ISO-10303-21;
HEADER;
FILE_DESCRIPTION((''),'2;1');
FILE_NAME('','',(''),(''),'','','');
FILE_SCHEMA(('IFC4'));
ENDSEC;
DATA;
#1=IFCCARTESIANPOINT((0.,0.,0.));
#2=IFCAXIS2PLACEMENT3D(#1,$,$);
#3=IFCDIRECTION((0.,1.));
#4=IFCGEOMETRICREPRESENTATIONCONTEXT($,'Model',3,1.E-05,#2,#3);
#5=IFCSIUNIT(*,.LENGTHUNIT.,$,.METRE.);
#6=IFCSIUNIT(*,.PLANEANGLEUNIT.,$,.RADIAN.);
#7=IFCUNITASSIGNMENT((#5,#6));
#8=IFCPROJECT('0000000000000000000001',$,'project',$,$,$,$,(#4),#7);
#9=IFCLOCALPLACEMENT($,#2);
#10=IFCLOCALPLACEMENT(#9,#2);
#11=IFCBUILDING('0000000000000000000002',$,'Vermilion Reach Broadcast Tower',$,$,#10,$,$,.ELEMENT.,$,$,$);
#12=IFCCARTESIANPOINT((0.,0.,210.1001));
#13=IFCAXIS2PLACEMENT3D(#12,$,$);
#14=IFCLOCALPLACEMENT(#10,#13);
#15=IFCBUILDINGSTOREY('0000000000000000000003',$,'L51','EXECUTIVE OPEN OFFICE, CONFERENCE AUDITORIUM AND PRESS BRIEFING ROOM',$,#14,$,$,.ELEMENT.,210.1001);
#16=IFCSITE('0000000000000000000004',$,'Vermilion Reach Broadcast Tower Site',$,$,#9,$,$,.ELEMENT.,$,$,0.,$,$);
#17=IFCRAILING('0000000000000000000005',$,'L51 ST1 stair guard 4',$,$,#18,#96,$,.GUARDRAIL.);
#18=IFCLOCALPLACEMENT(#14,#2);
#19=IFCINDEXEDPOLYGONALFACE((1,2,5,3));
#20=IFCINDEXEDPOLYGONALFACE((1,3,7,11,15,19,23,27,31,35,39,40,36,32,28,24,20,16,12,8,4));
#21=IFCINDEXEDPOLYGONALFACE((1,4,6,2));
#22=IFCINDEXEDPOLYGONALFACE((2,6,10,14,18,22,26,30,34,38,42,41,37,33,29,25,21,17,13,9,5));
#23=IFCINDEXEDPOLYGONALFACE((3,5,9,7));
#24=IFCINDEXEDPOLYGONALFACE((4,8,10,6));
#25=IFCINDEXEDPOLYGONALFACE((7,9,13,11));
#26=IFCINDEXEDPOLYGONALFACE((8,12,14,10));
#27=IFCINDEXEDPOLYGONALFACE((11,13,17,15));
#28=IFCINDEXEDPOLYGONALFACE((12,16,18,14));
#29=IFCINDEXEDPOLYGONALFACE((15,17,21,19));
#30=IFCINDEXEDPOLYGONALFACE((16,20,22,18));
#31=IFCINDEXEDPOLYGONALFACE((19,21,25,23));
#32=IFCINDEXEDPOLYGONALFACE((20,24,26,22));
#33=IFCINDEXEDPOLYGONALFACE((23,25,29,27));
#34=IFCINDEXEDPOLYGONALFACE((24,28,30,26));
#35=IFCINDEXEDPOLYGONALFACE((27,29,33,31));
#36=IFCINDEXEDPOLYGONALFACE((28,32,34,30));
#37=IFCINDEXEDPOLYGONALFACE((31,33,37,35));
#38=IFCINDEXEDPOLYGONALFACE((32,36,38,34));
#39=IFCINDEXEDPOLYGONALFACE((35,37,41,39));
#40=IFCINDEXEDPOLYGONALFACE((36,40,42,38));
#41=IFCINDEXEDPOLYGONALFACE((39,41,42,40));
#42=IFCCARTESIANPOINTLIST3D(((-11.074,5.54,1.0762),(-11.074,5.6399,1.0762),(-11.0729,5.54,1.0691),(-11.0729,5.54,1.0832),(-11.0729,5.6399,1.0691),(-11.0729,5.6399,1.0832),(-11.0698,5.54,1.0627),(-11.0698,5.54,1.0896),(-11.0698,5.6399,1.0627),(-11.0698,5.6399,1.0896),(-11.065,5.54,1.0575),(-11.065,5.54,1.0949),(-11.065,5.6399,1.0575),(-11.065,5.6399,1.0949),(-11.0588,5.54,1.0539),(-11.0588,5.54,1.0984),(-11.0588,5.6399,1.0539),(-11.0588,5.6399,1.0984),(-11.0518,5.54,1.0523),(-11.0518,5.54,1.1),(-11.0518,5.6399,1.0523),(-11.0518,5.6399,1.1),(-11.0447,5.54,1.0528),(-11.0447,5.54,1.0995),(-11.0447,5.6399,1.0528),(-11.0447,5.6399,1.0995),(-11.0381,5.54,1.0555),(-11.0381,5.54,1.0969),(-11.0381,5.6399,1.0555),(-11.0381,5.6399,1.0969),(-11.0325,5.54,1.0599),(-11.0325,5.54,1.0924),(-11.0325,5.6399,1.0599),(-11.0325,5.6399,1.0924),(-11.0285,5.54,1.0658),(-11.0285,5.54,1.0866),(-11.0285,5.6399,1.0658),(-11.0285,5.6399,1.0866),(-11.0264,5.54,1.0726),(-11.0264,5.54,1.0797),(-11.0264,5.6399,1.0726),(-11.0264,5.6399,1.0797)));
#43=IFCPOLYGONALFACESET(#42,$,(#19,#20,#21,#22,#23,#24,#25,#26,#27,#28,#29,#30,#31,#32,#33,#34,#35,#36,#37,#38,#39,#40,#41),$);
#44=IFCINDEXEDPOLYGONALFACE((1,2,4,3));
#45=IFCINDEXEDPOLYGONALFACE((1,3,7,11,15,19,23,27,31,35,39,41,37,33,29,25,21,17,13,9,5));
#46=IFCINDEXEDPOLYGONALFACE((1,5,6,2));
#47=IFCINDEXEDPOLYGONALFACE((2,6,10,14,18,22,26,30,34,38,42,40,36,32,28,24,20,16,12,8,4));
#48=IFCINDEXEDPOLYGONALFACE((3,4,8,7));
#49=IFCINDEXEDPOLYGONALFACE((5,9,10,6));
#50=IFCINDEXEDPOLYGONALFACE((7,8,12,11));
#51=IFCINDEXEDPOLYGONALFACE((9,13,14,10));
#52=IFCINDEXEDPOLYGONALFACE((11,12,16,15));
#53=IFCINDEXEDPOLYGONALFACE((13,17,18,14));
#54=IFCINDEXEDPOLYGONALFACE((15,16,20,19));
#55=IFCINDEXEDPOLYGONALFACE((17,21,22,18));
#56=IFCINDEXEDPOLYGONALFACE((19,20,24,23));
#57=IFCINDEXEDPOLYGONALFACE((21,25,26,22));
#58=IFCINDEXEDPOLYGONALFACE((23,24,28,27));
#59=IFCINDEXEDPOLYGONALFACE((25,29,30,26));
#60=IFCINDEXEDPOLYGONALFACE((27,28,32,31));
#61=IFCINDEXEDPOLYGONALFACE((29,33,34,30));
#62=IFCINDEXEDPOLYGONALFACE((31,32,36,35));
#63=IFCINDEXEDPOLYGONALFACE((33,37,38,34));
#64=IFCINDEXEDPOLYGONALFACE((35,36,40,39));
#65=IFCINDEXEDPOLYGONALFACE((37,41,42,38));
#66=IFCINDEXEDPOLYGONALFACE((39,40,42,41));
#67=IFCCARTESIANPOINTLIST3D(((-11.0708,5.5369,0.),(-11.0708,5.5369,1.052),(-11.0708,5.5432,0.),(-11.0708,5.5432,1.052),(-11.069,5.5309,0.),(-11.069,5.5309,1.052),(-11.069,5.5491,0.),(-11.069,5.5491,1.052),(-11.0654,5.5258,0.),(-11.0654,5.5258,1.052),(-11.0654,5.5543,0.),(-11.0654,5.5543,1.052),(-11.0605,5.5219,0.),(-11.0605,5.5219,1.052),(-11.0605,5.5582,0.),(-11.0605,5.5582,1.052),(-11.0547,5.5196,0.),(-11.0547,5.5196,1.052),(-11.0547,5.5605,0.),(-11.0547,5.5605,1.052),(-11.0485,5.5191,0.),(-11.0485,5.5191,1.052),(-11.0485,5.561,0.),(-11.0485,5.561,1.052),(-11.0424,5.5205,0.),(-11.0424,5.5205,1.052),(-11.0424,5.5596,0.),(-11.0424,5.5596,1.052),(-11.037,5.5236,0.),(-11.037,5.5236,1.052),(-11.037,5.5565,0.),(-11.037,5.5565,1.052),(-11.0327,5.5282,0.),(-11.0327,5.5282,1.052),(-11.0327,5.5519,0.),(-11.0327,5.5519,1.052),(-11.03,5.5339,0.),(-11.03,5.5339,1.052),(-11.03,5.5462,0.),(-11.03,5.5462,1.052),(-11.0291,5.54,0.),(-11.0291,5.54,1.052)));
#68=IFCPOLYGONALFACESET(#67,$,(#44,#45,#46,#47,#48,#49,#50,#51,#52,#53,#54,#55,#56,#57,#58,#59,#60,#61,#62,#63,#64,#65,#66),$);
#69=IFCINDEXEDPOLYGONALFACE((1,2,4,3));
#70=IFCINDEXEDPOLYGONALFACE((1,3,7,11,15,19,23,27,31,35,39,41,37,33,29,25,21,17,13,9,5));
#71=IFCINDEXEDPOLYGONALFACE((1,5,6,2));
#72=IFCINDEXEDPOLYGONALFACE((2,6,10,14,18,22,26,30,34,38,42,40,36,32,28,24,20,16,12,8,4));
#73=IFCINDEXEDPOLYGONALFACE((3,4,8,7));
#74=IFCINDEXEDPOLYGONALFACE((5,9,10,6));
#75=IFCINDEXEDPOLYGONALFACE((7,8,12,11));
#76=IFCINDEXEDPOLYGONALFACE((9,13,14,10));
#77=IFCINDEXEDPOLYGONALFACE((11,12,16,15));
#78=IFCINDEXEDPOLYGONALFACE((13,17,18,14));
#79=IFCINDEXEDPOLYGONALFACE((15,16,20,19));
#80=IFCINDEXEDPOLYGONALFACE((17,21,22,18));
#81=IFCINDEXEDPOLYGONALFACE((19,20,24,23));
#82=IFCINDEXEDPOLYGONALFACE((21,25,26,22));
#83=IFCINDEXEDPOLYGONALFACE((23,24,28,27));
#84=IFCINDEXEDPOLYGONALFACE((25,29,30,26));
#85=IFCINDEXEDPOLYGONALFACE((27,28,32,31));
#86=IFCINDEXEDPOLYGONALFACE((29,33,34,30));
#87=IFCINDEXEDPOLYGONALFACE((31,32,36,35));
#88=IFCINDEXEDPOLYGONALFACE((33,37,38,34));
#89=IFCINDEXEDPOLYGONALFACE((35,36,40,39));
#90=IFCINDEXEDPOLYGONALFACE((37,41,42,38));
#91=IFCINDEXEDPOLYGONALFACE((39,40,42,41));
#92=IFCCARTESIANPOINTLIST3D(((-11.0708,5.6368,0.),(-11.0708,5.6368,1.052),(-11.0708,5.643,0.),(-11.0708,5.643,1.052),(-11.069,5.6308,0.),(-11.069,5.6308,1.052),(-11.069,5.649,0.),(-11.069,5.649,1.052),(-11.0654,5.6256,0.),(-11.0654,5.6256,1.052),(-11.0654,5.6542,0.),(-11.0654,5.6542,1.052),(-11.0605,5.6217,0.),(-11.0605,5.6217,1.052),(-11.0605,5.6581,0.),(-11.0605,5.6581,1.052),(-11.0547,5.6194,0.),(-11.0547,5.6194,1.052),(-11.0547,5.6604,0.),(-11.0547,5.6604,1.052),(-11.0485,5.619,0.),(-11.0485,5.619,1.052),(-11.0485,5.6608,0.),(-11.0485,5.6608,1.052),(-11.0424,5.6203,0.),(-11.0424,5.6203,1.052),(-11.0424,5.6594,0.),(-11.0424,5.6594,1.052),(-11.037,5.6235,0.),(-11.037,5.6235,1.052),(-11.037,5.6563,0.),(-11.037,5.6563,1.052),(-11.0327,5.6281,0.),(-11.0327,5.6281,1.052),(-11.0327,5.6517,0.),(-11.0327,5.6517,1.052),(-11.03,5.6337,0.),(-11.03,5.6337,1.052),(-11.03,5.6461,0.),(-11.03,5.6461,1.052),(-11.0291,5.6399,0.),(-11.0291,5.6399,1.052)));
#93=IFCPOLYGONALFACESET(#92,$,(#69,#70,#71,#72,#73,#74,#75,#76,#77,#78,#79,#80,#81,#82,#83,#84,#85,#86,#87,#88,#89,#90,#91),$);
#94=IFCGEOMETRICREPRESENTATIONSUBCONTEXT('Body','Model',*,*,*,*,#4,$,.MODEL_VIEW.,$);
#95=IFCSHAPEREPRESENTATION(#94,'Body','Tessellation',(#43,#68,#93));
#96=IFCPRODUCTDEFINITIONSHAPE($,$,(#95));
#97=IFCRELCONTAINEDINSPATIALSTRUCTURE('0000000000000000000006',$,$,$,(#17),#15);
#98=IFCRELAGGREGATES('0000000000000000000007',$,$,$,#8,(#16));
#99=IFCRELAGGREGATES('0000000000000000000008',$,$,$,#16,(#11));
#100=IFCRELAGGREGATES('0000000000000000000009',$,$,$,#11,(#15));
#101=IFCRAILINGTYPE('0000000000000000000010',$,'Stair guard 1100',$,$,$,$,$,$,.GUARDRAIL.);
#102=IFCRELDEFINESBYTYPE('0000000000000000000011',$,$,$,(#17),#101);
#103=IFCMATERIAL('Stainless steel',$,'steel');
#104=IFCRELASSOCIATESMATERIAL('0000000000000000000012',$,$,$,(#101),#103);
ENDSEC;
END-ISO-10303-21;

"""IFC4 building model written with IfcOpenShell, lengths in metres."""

from ifc_helpers import new_model, si_unit, direction, frame, origin, origin_2d, place, context, subcontext, project, spatial, circle, extrude, material, type_object, element, save


model = new_model("IFC4")

# Units and contexts
model_context = context("Model", 3, precision=1e-05, world=origin(), true_north=direction((0.0, 1.0)))
body_context = subcontext(model_context, "Body", "Model", "MODEL_VIEW")
ifc_project = project(units=[si_unit("LENGTHUNIT", "METRE"), si_unit("PLANEANGLEUNIT", "RADIAN")], contexts=[model_context])

# Site, building, storey
site_placement = place(None, origin())
site = spatial("IfcSite", under=ifc_project, at=site_placement, Name="Vermilion Reach Broadcast Tower Site", CompositionType="ELEMENT", RefElevation=0.0)
building_placement = place(site_placement, origin())
building = spatial("IfcBuilding", under=site, at=building_placement, Name="Vermilion Reach Broadcast Tower", CompositionType="ELEMENT")
storey_placement = place(building_placement, frame((0.0, 0.0, 210.1001)))
storey = spatial("IfcBuildingStorey", under=building, at=storey_placement, Name="L51", Description="EXECUTIVE OPEN OFFICE, CONFERENCE AUDITORIUM AND PRESS BRIEFING ROOM", CompositionType="ELEMENT", Elevation=210.1001)

# Railing
ifc_material_1 = material(Name="Stainless steel", Category="steel")
railing_type_1 = type_object("IfcRailingType", Name="Stair guard 1100", PredefinedType="GUARDRAIL", material=ifc_material_1)
railing_1_placement = place(storey_placement, frame((-11.05, 5.54, 0.0)))
element("IfcRailing", 1, at=railing_1_placement, inside=storey, type_object=railing_type_1, Name="L51 ST1 stair guard 4", PredefinedType="GUARDRAIL", context=body_context, shape_type="SweptSolid", body=[
    extrude(circle(Radius=0.0239, at=origin_2d()), frame((0.0, 0.0, 1.0762), z_axis=(0.0, 1.0, 0.0), x_axis=(-1.0, 0.0, 0.0)), (0.0, 0.0, 1.0), 0.0999),
    extrude(circle(Radius=0.021, at=origin_2d()), origin(), (0.0, 0.0, 1.0), 1.052),
    extrude(circle(Radius=0.021, at=origin_2d()), frame((0.0, 0.0999, 0.0)), (0.0, 0.0, 1.0), 1.052),
])

save(model, "model.ifc")
